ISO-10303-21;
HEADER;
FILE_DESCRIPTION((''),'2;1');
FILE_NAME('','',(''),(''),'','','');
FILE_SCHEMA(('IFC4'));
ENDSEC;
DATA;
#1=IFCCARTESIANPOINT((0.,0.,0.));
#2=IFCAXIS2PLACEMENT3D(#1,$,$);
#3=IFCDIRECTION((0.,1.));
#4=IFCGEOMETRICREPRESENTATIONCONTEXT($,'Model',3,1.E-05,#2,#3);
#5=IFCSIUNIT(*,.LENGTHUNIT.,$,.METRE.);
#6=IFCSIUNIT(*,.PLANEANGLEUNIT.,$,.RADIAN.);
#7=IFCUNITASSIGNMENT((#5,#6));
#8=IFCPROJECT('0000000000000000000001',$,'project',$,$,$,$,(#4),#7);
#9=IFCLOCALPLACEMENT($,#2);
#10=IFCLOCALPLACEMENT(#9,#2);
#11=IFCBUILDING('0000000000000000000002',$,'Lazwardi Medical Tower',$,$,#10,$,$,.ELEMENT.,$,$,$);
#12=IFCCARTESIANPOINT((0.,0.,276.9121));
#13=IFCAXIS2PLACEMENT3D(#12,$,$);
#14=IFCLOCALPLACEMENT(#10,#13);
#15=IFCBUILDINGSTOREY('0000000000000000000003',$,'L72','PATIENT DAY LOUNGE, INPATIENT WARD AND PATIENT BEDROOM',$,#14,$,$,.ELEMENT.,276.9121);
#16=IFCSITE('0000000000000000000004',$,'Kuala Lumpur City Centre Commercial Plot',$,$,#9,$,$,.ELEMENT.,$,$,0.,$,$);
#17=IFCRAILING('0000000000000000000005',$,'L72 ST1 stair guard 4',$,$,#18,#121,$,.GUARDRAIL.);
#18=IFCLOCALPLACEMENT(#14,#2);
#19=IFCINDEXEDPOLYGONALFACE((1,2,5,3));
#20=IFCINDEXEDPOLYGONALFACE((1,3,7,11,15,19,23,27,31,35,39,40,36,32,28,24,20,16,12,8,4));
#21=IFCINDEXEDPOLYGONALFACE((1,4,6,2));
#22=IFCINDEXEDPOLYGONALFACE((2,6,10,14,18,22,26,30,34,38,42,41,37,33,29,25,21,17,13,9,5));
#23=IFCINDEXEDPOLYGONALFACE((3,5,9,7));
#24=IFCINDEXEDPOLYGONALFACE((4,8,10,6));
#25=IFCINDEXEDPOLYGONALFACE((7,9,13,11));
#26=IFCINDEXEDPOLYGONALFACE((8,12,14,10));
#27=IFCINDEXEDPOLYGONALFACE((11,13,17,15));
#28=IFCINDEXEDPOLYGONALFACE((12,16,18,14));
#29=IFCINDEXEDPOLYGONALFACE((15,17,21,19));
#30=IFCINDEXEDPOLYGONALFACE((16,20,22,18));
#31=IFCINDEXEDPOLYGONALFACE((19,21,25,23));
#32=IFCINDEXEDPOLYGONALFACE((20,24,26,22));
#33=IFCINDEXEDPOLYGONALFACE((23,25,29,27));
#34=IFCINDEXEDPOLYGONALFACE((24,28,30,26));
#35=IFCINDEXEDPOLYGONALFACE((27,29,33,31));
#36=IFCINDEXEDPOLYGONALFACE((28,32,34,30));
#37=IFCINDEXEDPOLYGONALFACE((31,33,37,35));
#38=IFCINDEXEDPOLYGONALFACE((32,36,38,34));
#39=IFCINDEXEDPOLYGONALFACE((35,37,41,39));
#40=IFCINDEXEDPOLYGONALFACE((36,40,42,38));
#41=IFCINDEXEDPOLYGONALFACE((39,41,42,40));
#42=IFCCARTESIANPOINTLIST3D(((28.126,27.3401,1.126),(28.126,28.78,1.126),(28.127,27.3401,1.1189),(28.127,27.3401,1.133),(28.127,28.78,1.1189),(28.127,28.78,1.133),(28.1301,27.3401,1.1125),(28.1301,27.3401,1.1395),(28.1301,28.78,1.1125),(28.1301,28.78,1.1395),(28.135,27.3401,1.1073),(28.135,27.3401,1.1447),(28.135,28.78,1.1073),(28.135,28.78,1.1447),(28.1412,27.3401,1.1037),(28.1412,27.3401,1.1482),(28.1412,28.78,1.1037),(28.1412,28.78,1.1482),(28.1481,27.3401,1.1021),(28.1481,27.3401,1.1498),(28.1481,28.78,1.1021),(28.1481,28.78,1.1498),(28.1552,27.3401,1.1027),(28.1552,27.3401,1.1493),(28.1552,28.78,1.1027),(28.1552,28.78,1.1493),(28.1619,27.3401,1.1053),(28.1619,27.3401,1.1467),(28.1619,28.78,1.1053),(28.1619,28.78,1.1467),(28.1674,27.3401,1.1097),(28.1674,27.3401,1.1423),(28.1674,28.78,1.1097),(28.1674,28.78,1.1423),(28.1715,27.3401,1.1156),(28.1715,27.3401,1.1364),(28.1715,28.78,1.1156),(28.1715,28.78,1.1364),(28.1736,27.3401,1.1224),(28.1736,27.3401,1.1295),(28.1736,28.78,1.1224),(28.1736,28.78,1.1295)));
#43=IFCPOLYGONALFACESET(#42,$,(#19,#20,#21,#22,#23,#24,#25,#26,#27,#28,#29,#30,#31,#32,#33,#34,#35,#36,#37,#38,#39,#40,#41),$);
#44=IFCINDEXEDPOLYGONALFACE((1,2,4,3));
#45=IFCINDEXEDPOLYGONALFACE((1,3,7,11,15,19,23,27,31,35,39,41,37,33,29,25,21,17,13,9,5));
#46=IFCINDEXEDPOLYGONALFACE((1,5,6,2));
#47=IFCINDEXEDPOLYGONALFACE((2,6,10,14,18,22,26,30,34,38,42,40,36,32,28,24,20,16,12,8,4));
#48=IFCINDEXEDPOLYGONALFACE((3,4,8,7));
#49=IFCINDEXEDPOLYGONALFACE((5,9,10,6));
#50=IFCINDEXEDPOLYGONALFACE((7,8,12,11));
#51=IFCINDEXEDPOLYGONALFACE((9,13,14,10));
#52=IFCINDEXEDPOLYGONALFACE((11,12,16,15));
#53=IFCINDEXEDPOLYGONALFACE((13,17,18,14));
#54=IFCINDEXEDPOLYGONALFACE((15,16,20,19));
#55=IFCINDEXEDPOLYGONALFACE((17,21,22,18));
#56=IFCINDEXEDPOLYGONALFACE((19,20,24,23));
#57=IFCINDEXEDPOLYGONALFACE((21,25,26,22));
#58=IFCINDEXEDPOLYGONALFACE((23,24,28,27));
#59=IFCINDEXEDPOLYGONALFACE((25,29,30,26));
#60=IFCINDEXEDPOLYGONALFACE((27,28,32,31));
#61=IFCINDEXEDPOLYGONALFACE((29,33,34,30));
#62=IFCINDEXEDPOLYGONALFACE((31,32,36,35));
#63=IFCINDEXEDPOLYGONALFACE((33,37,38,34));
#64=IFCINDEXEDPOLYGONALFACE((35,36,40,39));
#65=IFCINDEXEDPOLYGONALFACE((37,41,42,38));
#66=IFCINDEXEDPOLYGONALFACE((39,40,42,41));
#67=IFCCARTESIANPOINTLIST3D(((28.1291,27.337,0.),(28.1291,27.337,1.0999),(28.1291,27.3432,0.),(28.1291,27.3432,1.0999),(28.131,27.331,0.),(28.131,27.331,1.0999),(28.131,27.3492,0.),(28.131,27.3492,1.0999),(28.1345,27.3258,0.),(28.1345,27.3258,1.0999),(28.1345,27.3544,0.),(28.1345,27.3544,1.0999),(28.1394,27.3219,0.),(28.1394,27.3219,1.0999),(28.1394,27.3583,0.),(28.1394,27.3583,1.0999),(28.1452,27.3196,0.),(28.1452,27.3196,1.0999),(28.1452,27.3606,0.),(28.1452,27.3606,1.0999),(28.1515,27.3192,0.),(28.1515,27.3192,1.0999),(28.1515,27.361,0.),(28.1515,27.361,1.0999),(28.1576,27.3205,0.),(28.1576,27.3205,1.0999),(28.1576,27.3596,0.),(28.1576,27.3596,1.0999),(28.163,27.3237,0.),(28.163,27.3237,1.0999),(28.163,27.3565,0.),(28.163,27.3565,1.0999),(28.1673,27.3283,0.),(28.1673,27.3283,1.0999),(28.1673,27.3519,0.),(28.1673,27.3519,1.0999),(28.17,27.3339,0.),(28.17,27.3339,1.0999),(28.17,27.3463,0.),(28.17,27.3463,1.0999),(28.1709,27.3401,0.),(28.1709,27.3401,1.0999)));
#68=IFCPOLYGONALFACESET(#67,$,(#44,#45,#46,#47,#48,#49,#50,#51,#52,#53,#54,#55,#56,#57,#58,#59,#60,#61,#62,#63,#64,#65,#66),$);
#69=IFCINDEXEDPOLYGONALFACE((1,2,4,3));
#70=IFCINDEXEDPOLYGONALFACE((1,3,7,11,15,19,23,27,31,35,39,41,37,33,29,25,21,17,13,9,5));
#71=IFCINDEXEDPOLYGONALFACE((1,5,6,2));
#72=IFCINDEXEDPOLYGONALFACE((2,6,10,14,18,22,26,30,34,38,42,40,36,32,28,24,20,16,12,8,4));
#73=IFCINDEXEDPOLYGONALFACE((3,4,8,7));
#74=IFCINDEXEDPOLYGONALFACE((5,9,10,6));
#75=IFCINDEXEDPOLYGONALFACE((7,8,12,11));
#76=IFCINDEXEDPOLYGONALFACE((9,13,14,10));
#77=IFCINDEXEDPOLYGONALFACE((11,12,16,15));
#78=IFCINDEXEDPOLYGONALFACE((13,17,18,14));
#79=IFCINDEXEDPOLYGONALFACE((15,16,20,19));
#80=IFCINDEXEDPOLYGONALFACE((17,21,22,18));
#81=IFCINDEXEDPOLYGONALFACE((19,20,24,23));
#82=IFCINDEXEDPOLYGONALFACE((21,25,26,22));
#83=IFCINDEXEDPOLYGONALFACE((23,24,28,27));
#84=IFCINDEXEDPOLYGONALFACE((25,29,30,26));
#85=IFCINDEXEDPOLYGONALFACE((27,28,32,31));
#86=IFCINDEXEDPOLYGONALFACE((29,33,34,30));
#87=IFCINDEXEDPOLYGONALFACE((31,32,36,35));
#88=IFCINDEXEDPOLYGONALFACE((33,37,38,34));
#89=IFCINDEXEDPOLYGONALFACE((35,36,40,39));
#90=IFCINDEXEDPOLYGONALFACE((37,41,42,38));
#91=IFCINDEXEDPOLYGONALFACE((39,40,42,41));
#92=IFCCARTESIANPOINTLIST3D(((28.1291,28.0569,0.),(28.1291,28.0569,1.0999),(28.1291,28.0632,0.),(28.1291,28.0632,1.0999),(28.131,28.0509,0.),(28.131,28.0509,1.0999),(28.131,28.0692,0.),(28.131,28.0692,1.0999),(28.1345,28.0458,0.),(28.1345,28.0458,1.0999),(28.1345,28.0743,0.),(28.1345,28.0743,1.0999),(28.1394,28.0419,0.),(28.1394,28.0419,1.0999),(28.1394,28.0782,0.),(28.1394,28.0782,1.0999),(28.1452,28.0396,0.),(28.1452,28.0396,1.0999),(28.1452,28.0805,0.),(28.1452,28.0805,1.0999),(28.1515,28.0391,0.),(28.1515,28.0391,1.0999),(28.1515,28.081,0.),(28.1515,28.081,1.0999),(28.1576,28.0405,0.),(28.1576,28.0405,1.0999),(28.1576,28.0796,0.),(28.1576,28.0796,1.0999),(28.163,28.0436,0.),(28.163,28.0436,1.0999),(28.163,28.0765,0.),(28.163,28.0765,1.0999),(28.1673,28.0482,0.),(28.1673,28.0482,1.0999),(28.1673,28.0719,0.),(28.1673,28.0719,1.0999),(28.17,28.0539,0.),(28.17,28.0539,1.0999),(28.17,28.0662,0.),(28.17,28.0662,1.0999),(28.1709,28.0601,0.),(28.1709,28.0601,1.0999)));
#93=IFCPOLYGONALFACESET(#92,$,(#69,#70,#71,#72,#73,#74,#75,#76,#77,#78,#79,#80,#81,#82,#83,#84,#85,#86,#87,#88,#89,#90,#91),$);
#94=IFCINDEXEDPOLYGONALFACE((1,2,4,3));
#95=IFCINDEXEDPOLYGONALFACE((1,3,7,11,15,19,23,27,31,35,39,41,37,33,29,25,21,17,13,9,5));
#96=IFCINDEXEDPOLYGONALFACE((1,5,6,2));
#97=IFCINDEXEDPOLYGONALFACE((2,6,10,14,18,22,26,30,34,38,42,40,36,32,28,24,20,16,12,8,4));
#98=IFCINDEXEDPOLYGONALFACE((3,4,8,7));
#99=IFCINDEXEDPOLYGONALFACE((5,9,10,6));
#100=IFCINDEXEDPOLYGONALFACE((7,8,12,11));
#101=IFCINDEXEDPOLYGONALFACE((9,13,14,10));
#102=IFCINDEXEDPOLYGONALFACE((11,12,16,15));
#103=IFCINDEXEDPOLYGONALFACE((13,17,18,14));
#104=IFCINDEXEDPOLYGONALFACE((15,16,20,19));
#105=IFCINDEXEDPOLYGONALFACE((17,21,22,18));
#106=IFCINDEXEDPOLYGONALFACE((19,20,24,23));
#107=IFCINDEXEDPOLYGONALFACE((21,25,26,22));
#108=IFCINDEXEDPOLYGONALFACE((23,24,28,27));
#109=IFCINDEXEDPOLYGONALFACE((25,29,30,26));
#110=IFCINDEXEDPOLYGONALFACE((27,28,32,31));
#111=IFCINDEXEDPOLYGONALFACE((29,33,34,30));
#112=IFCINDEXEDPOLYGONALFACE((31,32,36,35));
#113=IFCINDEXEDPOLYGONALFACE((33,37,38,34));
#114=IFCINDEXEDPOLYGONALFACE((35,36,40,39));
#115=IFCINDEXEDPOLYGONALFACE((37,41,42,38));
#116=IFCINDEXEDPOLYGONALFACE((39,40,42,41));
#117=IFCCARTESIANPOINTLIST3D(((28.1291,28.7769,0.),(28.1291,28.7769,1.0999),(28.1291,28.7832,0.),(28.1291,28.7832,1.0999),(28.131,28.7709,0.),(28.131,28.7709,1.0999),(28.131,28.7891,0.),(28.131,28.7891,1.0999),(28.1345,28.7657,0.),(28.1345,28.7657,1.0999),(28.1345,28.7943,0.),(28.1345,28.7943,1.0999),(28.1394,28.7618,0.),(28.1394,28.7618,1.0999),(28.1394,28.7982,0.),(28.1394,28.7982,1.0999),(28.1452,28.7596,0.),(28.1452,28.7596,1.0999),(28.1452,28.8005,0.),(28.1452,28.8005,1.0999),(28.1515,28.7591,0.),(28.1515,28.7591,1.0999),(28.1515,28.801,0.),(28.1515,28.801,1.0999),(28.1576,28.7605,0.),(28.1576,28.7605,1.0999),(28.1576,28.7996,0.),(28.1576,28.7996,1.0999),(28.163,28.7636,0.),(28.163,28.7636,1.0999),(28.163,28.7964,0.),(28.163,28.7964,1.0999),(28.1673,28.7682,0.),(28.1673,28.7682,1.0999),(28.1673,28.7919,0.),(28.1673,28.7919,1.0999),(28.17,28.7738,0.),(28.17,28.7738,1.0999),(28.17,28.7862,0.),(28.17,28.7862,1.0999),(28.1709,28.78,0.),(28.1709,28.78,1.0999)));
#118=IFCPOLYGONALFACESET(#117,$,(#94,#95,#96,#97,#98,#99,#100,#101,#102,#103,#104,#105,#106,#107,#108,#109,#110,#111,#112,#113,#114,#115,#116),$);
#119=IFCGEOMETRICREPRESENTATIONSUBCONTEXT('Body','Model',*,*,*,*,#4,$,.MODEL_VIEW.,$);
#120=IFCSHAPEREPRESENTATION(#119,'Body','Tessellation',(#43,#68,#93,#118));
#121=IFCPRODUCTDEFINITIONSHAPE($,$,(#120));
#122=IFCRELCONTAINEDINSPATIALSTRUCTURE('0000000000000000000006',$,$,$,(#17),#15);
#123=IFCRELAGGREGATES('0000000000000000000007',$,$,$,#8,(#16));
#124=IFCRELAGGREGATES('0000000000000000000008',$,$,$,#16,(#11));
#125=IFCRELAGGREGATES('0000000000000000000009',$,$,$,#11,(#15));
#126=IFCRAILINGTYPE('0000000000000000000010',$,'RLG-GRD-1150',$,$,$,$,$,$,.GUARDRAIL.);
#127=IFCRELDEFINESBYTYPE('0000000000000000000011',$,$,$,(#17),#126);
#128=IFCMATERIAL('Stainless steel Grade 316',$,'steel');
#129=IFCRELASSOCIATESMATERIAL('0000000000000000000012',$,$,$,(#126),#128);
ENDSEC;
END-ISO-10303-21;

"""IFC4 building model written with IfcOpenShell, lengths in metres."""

from ifc_helpers import new_model, si_unit, direction, frame, origin, origin_2d, place, context, subcontext, project, spatial, circle, extrude, material, type_object, element, save


model = new_model("IFC4")

# Units and contexts
model_context = context("Model", 3, precision=1e-05, world=origin(), true_north=direction((0.0, 1.0)))
body_context = subcontext(model_context, "Body", "Model", "MODEL_VIEW")
ifc_project = project(units=[si_unit("LENGTHUNIT", "METRE"), si_unit("PLANEANGLEUNIT", "RADIAN")], contexts=[model_context])

# Site, building, storey
site_placement = place(None, origin())
site = spatial("IfcSite", under=ifc_project, at=site_placement, Name="Kuala Lumpur City Centre Commercial Plot", CompositionType="ELEMENT", RefElevation=0.0)
building_placement = place(site_placement, origin())
building = spatial("IfcBuilding", under=site, at=building_placement, Name="Lazwardi Medical Tower", CompositionType="ELEMENT")
storey_placement = place(building_placement, frame((0.0, 0.0, 276.9121)))
storey = spatial("IfcBuildingStorey", under=building, at=storey_placement, Name="L72", Description="PATIENT DAY LOUNGE, INPATIENT WARD AND PATIENT BEDROOM", CompositionType="ELEMENT", Elevation=276.9121)

# Railing
ifc_material_1 = material(Name="Stainless steel Grade 316", Category="steel")
railing_type_1 = type_object("IfcRailingType", Name="RLG-GRD-1150", PredefinedType="GUARDRAIL", material=ifc_material_1)
railing_1_placement = place(storey_placement, frame((28.1499, 27.3401, 0.0)))
element("IfcRailing", 1, at=railing_1_placement, inside=storey, type_object=railing_type_1, Name="L72 ST1 stair guard 4", PredefinedType="GUARDRAIL", context=body_context, shape_type="SweptSolid", body=[
    extrude(circle(Radius=0.0239, at=origin_2d()), frame((0.0, 0.0, 1.126), z_axis=(0.0, 1.0, 0.0), x_axis=(-1.0, 0.0, 0.0)), (0.0, 0.0, 1.0), 1.4399),
    extrude(circle(Radius=0.021, at=origin_2d()), origin(), (0.0, 0.0, 1.0), 1.0999),
    extrude(circle(Radius=0.021, at=origin_2d()), frame((0.0, 0.72, 0.0)), (0.0, 0.0, 1.0), 1.0999),
    extrude(circle(Radius=0.021, at=origin_2d()), frame((0.0, 1.4399, 0.0)), (0.0, 0.0, 1.0), 1.0999),
])

save(model, "model.ifc")
